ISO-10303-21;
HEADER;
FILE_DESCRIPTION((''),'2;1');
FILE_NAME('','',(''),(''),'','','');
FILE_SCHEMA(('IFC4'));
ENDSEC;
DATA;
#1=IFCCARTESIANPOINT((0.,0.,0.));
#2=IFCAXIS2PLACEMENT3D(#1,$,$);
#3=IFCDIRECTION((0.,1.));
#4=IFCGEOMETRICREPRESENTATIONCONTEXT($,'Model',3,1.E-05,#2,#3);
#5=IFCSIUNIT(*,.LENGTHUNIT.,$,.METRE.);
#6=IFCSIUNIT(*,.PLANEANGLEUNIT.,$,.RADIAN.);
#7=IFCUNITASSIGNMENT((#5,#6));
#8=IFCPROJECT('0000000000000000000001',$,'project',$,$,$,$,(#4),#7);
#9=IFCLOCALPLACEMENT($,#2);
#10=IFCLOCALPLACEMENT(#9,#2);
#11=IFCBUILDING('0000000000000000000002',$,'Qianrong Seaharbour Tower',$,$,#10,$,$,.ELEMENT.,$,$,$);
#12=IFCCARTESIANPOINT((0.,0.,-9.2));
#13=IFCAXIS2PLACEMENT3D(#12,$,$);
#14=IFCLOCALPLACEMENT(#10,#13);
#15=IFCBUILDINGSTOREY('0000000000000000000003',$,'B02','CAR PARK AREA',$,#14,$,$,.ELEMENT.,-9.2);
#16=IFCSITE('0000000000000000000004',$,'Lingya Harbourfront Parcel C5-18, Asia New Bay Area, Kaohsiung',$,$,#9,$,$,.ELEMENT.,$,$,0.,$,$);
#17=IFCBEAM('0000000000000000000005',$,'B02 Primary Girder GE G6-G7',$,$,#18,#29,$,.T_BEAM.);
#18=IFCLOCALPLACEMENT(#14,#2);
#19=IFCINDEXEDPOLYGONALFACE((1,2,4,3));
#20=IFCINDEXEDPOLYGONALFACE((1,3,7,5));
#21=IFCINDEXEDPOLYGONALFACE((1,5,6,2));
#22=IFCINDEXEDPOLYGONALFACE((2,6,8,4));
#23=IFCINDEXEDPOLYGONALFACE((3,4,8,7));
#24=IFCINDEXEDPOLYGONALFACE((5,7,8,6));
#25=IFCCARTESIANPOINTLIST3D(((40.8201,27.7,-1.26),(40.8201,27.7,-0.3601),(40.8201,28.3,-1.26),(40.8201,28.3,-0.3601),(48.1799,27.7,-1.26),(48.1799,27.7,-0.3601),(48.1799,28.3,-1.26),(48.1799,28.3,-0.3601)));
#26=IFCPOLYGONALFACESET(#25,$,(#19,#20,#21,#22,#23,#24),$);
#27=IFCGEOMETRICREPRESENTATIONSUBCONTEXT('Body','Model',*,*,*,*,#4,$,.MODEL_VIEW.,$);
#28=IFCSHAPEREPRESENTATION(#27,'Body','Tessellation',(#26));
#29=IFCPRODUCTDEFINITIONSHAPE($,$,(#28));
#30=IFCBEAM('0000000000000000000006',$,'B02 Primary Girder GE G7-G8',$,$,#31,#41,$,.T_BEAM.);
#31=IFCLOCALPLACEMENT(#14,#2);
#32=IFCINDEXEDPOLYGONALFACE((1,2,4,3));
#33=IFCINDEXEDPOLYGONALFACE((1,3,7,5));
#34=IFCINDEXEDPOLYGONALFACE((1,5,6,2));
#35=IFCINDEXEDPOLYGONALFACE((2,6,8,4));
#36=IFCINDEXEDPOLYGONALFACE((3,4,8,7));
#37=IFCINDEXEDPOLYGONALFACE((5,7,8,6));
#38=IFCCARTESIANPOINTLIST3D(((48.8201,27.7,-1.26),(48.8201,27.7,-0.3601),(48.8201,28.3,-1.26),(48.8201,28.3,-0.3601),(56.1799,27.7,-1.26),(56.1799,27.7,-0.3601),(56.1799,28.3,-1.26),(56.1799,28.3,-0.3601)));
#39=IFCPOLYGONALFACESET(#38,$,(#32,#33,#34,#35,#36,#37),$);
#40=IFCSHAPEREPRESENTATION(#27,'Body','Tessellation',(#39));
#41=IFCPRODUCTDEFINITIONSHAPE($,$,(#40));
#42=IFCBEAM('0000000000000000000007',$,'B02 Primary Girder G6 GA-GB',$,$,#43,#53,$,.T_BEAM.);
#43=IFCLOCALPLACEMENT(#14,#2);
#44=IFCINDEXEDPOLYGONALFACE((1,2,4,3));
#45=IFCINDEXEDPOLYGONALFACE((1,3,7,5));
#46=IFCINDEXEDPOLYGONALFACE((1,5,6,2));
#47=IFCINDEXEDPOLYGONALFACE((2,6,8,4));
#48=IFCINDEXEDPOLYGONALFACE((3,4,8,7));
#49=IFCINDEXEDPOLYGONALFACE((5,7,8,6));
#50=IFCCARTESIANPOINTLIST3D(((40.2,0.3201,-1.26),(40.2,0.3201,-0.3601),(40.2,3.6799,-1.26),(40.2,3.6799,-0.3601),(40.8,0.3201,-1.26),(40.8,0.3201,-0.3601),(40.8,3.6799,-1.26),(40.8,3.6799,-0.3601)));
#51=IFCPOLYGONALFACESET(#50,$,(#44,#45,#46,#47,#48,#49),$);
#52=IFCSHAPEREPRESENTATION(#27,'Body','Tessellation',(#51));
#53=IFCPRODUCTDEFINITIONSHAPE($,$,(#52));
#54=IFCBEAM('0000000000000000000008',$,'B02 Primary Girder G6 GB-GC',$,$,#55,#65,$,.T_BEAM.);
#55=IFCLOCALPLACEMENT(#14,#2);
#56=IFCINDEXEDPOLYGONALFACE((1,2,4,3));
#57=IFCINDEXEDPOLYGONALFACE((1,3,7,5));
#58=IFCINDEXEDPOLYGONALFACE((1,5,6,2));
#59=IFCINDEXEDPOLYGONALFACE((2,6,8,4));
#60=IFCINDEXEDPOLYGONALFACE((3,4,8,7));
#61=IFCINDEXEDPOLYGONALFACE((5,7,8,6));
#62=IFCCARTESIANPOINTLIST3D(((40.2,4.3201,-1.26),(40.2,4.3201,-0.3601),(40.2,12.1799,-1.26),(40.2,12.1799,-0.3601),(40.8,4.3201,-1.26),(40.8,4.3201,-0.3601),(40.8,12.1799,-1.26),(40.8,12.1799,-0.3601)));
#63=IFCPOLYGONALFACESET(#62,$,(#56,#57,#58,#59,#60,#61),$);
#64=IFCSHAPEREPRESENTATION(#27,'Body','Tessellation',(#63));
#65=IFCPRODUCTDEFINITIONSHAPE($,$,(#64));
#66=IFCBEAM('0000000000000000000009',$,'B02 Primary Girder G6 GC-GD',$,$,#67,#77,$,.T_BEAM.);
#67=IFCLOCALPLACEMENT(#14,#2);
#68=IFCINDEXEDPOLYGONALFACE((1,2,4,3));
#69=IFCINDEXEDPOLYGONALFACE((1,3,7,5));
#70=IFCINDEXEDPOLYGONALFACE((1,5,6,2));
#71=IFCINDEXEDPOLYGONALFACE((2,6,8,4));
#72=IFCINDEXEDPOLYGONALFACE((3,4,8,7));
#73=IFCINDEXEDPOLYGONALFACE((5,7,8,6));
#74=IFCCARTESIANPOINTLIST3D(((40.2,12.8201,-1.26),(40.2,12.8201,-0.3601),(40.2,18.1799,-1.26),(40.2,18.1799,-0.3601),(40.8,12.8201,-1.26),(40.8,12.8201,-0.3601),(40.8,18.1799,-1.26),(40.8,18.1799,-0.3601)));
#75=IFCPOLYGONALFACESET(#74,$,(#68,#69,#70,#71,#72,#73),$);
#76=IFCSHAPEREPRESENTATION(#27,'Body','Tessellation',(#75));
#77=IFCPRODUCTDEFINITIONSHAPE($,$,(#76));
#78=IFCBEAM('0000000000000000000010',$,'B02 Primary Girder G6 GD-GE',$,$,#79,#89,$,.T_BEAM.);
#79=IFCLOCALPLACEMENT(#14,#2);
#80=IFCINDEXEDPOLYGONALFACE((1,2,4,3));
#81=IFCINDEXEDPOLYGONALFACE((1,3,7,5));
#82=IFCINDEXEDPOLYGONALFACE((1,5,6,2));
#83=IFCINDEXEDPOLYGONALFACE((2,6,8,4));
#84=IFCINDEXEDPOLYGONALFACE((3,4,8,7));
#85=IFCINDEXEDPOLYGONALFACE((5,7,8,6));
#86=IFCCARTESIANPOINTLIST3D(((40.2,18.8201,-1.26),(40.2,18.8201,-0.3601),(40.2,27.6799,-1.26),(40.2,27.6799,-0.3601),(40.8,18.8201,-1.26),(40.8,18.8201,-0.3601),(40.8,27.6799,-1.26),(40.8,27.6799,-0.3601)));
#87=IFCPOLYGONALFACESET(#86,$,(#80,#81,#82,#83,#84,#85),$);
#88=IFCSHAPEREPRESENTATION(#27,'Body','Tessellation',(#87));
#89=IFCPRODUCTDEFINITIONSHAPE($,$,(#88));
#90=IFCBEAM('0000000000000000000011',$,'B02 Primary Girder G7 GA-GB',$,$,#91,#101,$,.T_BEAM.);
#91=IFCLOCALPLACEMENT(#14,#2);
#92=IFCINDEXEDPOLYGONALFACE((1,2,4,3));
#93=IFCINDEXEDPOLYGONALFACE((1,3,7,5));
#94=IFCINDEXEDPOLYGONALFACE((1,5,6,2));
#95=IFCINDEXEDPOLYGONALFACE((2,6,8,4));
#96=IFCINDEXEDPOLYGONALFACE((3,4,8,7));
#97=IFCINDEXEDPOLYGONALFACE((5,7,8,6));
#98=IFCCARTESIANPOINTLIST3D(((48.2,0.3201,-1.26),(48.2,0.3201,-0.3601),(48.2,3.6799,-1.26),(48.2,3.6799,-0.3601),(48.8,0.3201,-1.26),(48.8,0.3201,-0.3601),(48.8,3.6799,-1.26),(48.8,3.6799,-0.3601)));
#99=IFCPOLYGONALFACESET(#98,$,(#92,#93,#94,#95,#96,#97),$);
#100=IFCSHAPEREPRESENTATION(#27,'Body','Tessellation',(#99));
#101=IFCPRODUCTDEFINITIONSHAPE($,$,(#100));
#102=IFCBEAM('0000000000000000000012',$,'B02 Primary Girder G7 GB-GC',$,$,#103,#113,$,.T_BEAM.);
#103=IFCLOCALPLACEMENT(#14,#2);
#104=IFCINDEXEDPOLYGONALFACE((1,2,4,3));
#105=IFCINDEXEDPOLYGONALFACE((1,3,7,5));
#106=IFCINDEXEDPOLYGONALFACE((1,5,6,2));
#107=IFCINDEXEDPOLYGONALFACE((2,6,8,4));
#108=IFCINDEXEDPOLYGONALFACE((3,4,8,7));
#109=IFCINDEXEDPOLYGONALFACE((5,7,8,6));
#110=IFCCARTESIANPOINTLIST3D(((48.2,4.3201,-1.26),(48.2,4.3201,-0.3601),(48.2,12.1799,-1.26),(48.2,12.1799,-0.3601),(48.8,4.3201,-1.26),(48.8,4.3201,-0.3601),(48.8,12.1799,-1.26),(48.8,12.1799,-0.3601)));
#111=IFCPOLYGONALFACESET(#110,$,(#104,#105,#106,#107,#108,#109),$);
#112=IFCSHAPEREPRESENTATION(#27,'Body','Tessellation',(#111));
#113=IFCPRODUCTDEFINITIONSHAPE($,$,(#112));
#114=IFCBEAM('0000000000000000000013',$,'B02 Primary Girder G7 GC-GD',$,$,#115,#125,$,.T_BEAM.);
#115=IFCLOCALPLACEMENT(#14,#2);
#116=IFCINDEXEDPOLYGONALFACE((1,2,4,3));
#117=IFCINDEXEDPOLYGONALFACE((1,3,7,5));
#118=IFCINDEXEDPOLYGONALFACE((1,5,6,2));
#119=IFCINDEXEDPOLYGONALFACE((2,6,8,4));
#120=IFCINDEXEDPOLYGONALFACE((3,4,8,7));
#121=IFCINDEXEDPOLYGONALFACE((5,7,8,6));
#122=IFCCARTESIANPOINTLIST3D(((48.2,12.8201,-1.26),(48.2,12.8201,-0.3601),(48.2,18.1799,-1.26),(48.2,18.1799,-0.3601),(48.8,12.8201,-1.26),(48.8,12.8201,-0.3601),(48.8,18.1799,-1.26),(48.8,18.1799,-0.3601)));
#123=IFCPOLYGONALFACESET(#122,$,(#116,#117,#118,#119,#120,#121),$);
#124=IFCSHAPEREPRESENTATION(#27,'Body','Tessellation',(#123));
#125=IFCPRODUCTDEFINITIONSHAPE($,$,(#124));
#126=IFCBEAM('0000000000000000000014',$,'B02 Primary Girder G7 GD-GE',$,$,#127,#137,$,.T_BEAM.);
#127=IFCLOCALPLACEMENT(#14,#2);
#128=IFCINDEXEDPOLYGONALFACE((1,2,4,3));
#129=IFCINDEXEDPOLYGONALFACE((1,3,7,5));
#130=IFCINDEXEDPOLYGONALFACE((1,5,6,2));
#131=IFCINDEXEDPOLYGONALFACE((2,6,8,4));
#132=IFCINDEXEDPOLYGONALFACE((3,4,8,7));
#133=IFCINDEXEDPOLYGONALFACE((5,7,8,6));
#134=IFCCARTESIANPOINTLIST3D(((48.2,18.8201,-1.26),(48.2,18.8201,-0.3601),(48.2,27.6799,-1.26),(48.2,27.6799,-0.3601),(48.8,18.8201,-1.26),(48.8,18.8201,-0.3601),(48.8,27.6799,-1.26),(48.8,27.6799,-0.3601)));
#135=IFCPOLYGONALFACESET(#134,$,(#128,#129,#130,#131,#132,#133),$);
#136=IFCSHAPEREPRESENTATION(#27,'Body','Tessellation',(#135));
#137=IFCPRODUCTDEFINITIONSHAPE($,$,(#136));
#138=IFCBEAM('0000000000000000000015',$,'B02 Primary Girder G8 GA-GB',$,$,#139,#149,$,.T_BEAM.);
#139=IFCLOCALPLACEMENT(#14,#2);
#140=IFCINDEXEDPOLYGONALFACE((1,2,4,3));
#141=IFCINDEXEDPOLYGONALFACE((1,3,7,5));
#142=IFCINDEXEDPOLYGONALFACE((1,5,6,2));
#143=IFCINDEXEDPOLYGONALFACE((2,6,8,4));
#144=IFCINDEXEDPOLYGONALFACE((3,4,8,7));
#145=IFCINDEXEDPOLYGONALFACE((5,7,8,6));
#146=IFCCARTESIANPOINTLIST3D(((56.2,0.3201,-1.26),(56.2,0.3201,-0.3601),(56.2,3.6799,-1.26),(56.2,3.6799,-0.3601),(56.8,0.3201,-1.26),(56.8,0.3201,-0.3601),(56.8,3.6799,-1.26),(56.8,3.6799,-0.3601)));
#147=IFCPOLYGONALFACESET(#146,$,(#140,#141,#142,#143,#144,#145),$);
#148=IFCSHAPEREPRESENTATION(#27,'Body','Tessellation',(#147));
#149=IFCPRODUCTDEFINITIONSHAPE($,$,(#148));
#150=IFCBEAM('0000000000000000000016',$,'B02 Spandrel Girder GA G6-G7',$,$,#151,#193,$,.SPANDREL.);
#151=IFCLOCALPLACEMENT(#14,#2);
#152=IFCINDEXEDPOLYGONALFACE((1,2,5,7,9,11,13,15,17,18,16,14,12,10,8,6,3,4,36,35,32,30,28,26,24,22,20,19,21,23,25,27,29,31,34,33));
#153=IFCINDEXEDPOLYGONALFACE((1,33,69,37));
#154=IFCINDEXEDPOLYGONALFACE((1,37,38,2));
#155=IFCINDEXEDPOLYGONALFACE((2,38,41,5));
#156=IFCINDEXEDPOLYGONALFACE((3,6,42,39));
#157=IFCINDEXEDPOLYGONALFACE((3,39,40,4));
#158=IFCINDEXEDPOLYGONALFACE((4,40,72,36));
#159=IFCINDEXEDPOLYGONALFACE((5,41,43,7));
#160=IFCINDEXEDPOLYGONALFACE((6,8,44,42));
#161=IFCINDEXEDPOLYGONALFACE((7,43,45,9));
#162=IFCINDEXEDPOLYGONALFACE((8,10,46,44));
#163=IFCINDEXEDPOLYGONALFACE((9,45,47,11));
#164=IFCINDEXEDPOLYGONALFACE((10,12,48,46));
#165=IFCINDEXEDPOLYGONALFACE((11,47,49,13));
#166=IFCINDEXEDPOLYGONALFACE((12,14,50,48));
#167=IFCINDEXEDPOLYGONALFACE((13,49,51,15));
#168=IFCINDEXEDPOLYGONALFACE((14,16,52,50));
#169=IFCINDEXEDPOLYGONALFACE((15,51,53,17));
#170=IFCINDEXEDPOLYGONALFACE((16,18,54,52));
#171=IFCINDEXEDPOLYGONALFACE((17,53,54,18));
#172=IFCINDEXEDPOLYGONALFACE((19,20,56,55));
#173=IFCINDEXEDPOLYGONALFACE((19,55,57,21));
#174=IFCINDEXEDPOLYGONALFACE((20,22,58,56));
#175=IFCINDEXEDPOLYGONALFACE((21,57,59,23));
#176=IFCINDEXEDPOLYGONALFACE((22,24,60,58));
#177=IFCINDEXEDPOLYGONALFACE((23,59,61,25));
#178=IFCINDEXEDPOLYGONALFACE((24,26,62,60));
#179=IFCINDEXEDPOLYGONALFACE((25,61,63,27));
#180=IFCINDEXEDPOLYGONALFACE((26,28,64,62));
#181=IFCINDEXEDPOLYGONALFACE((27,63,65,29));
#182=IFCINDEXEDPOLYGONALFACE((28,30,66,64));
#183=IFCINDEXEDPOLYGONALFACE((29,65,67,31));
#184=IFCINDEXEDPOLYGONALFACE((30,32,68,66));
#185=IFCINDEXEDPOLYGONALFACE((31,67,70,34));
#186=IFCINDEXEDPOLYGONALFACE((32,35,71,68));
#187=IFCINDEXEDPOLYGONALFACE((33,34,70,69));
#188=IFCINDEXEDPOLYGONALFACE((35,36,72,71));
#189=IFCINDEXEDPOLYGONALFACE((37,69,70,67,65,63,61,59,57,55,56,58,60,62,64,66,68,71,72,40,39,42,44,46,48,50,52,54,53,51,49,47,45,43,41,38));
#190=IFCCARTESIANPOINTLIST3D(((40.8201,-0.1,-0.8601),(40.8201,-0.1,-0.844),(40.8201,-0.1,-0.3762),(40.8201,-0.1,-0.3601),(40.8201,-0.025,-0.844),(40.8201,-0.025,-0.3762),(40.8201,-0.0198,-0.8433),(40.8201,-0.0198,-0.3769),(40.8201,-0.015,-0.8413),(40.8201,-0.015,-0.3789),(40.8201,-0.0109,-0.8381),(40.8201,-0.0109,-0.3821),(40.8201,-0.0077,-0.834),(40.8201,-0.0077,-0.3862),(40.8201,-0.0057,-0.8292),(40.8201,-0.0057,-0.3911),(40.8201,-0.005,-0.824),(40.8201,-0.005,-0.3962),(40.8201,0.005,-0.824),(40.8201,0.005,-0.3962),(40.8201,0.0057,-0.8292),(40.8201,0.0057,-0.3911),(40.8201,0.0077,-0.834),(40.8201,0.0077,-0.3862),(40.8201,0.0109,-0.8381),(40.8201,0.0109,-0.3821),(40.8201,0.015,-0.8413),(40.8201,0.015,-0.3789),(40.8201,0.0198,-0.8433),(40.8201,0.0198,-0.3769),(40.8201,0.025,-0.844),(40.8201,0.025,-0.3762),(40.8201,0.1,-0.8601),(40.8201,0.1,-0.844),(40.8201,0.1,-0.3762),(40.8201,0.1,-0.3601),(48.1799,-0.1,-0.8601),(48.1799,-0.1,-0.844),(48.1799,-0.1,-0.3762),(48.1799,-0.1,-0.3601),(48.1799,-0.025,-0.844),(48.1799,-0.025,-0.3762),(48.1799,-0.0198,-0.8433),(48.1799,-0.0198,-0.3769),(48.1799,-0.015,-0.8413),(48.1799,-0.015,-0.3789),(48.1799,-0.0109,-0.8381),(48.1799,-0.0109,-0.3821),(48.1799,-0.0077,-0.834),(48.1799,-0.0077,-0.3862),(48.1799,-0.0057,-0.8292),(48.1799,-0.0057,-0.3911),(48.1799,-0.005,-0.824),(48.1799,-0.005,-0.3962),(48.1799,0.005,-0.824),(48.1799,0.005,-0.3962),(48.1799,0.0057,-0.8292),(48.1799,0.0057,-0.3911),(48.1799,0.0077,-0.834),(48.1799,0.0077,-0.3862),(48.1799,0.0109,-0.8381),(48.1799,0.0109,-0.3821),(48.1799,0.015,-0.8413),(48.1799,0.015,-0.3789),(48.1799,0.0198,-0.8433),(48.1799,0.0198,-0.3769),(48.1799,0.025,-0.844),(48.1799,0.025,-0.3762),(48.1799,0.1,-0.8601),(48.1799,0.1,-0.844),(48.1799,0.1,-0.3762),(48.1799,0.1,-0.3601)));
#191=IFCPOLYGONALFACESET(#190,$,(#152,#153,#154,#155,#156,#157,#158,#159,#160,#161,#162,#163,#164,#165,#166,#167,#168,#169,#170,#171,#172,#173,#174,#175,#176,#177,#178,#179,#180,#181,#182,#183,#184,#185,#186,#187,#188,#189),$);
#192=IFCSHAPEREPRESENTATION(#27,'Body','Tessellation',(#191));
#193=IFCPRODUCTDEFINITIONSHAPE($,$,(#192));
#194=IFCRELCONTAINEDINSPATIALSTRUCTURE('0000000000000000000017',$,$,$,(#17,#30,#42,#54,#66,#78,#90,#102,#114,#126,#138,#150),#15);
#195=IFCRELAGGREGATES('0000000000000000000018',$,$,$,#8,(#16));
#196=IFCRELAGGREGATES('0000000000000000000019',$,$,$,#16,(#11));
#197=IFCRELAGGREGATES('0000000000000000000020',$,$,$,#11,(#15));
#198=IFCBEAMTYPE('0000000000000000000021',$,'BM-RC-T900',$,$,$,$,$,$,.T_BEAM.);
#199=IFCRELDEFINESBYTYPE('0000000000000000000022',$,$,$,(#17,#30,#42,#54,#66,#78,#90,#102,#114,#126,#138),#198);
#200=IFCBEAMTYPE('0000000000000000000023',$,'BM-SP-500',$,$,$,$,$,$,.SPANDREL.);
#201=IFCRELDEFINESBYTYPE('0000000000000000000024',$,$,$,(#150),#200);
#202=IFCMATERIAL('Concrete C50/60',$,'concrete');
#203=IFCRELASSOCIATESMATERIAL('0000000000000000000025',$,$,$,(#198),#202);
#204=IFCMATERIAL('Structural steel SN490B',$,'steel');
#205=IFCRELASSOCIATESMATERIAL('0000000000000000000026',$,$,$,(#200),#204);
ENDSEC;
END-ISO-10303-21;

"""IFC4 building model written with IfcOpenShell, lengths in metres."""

from ifc_helpers import new_model, si_unit, direction, frame, origin, origin_2d, place, context, subcontext, project, spatial, rectangle, i_section, extrude, material, material_profile, profile_set, type_object, element, save


model = new_model("IFC4")

# Units and contexts
model_context = context("Model", 3, precision=1e-05, world=origin(), true_north=direction((0.0, 1.0)))
body_context = subcontext(model_context, "Body", "Model", "MODEL_VIEW")
ifc_project = project(units=[si_unit("LENGTHUNIT", "METRE"), si_unit("PLANEANGLEUNIT", "RADIAN")], contexts=[model_context])

# Site, building, storey
site_placement = place(None, origin())
site = spatial("IfcSite", under=ifc_project, at=site_placement, Name="Lingya Harbourfront Parcel C5-18, Asia New Bay Area, Kaohsiung", CompositionType="ELEMENT", RefElevation=0.0)
building_placement = place(site_placement, origin())
building = spatial("IfcBuilding", under=site, at=building_placement, Name="Qianrong Seaharbour Tower", CompositionType="ELEMENT")
storey_placement = place(building_placement, frame((0.0, 0.0, -9.2)))
storey = spatial("IfcBuildingStorey", under=building, at=storey_placement, Name="B02", Description="CAR PARK AREA", CompositionType="ELEMENT", Elevation=-9.2)

# Shared definitions
ifc_material_1 = material(Name="Structural steel SN490B", Category="steel")

# Beams
ifc_material_2 = material(Name="Concrete C50/60", Category="concrete")
ifc_material_profile_1 = material_profile(ifc_material_2, rectangle(XDim=0.6001, YDim=0.8999, at=origin_2d()), Name="RC600x900")
ifc_profile_set_1 = profile_set([ifc_material_profile_1], Name="Concrete C50/60")
beam_type_1 = type_object("IfcBeamType", Name="BM-RC-T900", PredefinedType="T_BEAM", material=ifc_profile_set_1)
for number, where, z_axis, x_axis, name in (
    (1, (40.8201, 28.0, -0.8101), (1.0, 0.0, 0.0), (0.0, 1.0, 0.0), "B02 Primary Girder GE G6-G7"),
    (2, (48.8201, 28.0, -0.8101), (1.0, 0.0, 0.0), (0.0, 1.0, 0.0), "B02 Primary Girder GE G7-G8"),
):
    element("IfcBeam", number, at=place(storey_placement, frame(where, z_axis=z_axis, x_axis=x_axis)), inside=storey, type_object=beam_type_1, Name=name, PredefinedType="T_BEAM", context=body_context, shape_type="SweptSolid", body=[
        extrude(rectangle(XDim=0.6001, YDim=0.8999, at=origin_2d()), origin(), (0.0, 0.0, 1.0), 7.3599),
    ])
beam_1_placement = place(storey_placement, frame((40.5, 0.3201, -0.8101), z_axis=(0.0, 1.0, 0.0), x_axis=(-1.0, 0.0, 0.0)))
element("IfcBeam", 3, at=beam_1_placement, inside=storey, type_object=beam_type_1, Name="B02 Primary Girder G6 GA-GB", PredefinedType="T_BEAM", context=body_context, shape_type="SweptSolid", body=[
    extrude(rectangle(XDim=0.6001, YDim=0.8999, at=origin_2d()), origin(), (0.0, 0.0, 1.0), 3.3599),
])
beam_2_placement = place(storey_placement, frame((40.5, 4.3201, -0.8101), z_axis=(0.0, 1.0, 0.0), x_axis=(-1.0, 0.0, 0.0)))
element("IfcBeam", 4, at=beam_2_placement, inside=storey, type_object=beam_type_1, Name="B02 Primary Girder G6 GB-GC", PredefinedType="T_BEAM", context=body_context, shape_type="SweptSolid", body=[
    extrude(rectangle(XDim=0.6001, YDim=0.8999, at=origin_2d()), origin(), (0.0, 0.0, 1.0), 7.8599),
])
beam_3_placement = place(storey_placement, frame((40.5, 12.8201, -0.8101), z_axis=(0.0, 1.0, 0.0), x_axis=(-1.0, 0.0, 0.0)))
element("IfcBeam", 5, at=beam_3_placement, inside=storey, type_object=beam_type_1, Name="B02 Primary Girder G6 GC-GD", PredefinedType="T_BEAM", context=body_context, shape_type="SweptSolid", body=[
    extrude(rectangle(XDim=0.6001, YDim=0.8999, at=origin_2d()), origin(), (0.0, 0.0, 1.0), 5.3599),
])
beam_4_placement = place(storey_placement, frame((40.5, 18.8201, -0.8101), z_axis=(0.0, 1.0, 0.0), x_axis=(-1.0, 0.0, 0.0)))
element("IfcBeam", 6, at=beam_4_placement, inside=storey, type_object=beam_type_1, Name="B02 Primary Girder G6 GD-GE", PredefinedType="T_BEAM", context=body_context, shape_type="SweptSolid", body=[
    extrude(rectangle(XDim=0.6001, YDim=0.8999, at=origin_2d()), origin(), (0.0, 0.0, 1.0), 8.8599),
])
beam_5_placement = place(storey_placement, frame((48.5, 0.3201, -0.8101), z_axis=(0.0, 1.0, 0.0), x_axis=(-1.0, 0.0, 0.0)))
element("IfcBeam", 7, at=beam_5_placement, inside=storey, type_object=beam_type_1, Name="B02 Primary Girder G7 GA-GB", PredefinedType="T_BEAM", context=body_context, shape_type="SweptSolid", body=[
    extrude(rectangle(XDim=0.6001, YDim=0.8999, at=origin_2d()), origin(), (0.0, 0.0, 1.0), 3.3599),
])
beam_6_placement = place(storey_placement, frame((48.5, 4.3201, -0.8101), z_axis=(0.0, 1.0, 0.0), x_axis=(-1.0, 0.0, 0.0)))
element("IfcBeam", 8, at=beam_6_placement, inside=storey, type_object=beam_type_1, Name="B02 Primary Girder G7 GB-GC", PredefinedType="T_BEAM", context=body_context, shape_type="SweptSolid", body=[
    extrude(rectangle(XDim=0.6001, YDim=0.8999, at=origin_2d()), origin(), (0.0, 0.0, 1.0), 7.8599),
])
beam_7_placement = place(storey_placement, frame((48.5, 12.8201, -0.8101), z_axis=(0.0, 1.0, 0.0), x_axis=(-1.0, 0.0, 0.0)))
element("IfcBeam", 9, at=beam_7_placement, inside=storey, type_object=beam_type_1, Name="B02 Primary Girder G7 GC-GD", PredefinedType="T_BEAM", context=body_context, shape_type="SweptSolid", body=[
    extrude(rectangle(XDim=0.6001, YDim=0.8999, at=origin_2d()), origin(), (0.0, 0.0, 1.0), 5.3599),
])
beam_8_placement = place(storey_placement, frame((48.5, 18.8201, -0.8101), z_axis=(0.0, 1.0, 0.0), x_axis=(-1.0, 0.0, 0.0)))
element("IfcBeam", 10, at=beam_8_placement, inside=storey, type_object=beam_type_1, Name="B02 Primary Girder G7 GD-GE", PredefinedType="T_BEAM", context=body_context, shape_type="SweptSolid", body=[
    extrude(rectangle(XDim=0.6001, YDim=0.8999, at=origin_2d()), origin(), (0.0, 0.0, 1.0), 8.8599),
])
beam_9_placement = place(storey_placement, frame((56.5, 0.3201, -0.8101), z_axis=(0.0, 1.0, 0.0), x_axis=(-1.0, 0.0, 0.0)))
element("IfcBeam", 11, at=beam_9_placement, inside=storey, type_object=beam_type_1, Name="B02 Primary Girder G8 GA-GB", PredefinedType="T_BEAM", context=body_context, shape_type="SweptSolid", body=[
    extrude(rectangle(XDim=0.6001, YDim=0.8999, at=origin_2d()), origin(), (0.0, 0.0, 1.0), 3.3599),
])
ifc_material_profile_2 = material_profile(ifc_material_1, i_section(OverallWidth=0.2, OverallDepth=0.5, WebThickness=0.01, FlangeThickness=0.0161, FilletRadius=0.02, at=origin_2d()), Name="H500x200x10x16")
ifc_profile_set_2 = profile_set([ifc_material_profile_2], Name="Structural steel SN490B")
beam_type_2 = type_object("IfcBeamType", Name="BM-SP-500", PredefinedType="SPANDREL", material=ifc_profile_set_2)
for number, where, z_axis, x_axis, name in (
    (12, (40.8201, 0.0, -0.6101), (1.0, 0.0, 0.0), (0.0, 1.0, 0.0), "B02 Spandrel Girder GA G6-G7"),
):
    element("IfcBeam", number, at=place(storey_placement, frame(where, z_axis=z_axis, x_axis=x_axis)), inside=storey, type_object=beam_type_2, Name=name, PredefinedType="SPANDREL", context=body_context, shape_type="SweptSolid", body=[
        extrude(i_section(OverallWidth=0.2, OverallDepth=0.5, WebThickness=0.01, FlangeThickness=0.0161, FilletRadius=0.02, at=origin_2d()), origin(), (0.0, 0.0, 1.0), 7.3599),
    ])

save(model, "model.ifc")
